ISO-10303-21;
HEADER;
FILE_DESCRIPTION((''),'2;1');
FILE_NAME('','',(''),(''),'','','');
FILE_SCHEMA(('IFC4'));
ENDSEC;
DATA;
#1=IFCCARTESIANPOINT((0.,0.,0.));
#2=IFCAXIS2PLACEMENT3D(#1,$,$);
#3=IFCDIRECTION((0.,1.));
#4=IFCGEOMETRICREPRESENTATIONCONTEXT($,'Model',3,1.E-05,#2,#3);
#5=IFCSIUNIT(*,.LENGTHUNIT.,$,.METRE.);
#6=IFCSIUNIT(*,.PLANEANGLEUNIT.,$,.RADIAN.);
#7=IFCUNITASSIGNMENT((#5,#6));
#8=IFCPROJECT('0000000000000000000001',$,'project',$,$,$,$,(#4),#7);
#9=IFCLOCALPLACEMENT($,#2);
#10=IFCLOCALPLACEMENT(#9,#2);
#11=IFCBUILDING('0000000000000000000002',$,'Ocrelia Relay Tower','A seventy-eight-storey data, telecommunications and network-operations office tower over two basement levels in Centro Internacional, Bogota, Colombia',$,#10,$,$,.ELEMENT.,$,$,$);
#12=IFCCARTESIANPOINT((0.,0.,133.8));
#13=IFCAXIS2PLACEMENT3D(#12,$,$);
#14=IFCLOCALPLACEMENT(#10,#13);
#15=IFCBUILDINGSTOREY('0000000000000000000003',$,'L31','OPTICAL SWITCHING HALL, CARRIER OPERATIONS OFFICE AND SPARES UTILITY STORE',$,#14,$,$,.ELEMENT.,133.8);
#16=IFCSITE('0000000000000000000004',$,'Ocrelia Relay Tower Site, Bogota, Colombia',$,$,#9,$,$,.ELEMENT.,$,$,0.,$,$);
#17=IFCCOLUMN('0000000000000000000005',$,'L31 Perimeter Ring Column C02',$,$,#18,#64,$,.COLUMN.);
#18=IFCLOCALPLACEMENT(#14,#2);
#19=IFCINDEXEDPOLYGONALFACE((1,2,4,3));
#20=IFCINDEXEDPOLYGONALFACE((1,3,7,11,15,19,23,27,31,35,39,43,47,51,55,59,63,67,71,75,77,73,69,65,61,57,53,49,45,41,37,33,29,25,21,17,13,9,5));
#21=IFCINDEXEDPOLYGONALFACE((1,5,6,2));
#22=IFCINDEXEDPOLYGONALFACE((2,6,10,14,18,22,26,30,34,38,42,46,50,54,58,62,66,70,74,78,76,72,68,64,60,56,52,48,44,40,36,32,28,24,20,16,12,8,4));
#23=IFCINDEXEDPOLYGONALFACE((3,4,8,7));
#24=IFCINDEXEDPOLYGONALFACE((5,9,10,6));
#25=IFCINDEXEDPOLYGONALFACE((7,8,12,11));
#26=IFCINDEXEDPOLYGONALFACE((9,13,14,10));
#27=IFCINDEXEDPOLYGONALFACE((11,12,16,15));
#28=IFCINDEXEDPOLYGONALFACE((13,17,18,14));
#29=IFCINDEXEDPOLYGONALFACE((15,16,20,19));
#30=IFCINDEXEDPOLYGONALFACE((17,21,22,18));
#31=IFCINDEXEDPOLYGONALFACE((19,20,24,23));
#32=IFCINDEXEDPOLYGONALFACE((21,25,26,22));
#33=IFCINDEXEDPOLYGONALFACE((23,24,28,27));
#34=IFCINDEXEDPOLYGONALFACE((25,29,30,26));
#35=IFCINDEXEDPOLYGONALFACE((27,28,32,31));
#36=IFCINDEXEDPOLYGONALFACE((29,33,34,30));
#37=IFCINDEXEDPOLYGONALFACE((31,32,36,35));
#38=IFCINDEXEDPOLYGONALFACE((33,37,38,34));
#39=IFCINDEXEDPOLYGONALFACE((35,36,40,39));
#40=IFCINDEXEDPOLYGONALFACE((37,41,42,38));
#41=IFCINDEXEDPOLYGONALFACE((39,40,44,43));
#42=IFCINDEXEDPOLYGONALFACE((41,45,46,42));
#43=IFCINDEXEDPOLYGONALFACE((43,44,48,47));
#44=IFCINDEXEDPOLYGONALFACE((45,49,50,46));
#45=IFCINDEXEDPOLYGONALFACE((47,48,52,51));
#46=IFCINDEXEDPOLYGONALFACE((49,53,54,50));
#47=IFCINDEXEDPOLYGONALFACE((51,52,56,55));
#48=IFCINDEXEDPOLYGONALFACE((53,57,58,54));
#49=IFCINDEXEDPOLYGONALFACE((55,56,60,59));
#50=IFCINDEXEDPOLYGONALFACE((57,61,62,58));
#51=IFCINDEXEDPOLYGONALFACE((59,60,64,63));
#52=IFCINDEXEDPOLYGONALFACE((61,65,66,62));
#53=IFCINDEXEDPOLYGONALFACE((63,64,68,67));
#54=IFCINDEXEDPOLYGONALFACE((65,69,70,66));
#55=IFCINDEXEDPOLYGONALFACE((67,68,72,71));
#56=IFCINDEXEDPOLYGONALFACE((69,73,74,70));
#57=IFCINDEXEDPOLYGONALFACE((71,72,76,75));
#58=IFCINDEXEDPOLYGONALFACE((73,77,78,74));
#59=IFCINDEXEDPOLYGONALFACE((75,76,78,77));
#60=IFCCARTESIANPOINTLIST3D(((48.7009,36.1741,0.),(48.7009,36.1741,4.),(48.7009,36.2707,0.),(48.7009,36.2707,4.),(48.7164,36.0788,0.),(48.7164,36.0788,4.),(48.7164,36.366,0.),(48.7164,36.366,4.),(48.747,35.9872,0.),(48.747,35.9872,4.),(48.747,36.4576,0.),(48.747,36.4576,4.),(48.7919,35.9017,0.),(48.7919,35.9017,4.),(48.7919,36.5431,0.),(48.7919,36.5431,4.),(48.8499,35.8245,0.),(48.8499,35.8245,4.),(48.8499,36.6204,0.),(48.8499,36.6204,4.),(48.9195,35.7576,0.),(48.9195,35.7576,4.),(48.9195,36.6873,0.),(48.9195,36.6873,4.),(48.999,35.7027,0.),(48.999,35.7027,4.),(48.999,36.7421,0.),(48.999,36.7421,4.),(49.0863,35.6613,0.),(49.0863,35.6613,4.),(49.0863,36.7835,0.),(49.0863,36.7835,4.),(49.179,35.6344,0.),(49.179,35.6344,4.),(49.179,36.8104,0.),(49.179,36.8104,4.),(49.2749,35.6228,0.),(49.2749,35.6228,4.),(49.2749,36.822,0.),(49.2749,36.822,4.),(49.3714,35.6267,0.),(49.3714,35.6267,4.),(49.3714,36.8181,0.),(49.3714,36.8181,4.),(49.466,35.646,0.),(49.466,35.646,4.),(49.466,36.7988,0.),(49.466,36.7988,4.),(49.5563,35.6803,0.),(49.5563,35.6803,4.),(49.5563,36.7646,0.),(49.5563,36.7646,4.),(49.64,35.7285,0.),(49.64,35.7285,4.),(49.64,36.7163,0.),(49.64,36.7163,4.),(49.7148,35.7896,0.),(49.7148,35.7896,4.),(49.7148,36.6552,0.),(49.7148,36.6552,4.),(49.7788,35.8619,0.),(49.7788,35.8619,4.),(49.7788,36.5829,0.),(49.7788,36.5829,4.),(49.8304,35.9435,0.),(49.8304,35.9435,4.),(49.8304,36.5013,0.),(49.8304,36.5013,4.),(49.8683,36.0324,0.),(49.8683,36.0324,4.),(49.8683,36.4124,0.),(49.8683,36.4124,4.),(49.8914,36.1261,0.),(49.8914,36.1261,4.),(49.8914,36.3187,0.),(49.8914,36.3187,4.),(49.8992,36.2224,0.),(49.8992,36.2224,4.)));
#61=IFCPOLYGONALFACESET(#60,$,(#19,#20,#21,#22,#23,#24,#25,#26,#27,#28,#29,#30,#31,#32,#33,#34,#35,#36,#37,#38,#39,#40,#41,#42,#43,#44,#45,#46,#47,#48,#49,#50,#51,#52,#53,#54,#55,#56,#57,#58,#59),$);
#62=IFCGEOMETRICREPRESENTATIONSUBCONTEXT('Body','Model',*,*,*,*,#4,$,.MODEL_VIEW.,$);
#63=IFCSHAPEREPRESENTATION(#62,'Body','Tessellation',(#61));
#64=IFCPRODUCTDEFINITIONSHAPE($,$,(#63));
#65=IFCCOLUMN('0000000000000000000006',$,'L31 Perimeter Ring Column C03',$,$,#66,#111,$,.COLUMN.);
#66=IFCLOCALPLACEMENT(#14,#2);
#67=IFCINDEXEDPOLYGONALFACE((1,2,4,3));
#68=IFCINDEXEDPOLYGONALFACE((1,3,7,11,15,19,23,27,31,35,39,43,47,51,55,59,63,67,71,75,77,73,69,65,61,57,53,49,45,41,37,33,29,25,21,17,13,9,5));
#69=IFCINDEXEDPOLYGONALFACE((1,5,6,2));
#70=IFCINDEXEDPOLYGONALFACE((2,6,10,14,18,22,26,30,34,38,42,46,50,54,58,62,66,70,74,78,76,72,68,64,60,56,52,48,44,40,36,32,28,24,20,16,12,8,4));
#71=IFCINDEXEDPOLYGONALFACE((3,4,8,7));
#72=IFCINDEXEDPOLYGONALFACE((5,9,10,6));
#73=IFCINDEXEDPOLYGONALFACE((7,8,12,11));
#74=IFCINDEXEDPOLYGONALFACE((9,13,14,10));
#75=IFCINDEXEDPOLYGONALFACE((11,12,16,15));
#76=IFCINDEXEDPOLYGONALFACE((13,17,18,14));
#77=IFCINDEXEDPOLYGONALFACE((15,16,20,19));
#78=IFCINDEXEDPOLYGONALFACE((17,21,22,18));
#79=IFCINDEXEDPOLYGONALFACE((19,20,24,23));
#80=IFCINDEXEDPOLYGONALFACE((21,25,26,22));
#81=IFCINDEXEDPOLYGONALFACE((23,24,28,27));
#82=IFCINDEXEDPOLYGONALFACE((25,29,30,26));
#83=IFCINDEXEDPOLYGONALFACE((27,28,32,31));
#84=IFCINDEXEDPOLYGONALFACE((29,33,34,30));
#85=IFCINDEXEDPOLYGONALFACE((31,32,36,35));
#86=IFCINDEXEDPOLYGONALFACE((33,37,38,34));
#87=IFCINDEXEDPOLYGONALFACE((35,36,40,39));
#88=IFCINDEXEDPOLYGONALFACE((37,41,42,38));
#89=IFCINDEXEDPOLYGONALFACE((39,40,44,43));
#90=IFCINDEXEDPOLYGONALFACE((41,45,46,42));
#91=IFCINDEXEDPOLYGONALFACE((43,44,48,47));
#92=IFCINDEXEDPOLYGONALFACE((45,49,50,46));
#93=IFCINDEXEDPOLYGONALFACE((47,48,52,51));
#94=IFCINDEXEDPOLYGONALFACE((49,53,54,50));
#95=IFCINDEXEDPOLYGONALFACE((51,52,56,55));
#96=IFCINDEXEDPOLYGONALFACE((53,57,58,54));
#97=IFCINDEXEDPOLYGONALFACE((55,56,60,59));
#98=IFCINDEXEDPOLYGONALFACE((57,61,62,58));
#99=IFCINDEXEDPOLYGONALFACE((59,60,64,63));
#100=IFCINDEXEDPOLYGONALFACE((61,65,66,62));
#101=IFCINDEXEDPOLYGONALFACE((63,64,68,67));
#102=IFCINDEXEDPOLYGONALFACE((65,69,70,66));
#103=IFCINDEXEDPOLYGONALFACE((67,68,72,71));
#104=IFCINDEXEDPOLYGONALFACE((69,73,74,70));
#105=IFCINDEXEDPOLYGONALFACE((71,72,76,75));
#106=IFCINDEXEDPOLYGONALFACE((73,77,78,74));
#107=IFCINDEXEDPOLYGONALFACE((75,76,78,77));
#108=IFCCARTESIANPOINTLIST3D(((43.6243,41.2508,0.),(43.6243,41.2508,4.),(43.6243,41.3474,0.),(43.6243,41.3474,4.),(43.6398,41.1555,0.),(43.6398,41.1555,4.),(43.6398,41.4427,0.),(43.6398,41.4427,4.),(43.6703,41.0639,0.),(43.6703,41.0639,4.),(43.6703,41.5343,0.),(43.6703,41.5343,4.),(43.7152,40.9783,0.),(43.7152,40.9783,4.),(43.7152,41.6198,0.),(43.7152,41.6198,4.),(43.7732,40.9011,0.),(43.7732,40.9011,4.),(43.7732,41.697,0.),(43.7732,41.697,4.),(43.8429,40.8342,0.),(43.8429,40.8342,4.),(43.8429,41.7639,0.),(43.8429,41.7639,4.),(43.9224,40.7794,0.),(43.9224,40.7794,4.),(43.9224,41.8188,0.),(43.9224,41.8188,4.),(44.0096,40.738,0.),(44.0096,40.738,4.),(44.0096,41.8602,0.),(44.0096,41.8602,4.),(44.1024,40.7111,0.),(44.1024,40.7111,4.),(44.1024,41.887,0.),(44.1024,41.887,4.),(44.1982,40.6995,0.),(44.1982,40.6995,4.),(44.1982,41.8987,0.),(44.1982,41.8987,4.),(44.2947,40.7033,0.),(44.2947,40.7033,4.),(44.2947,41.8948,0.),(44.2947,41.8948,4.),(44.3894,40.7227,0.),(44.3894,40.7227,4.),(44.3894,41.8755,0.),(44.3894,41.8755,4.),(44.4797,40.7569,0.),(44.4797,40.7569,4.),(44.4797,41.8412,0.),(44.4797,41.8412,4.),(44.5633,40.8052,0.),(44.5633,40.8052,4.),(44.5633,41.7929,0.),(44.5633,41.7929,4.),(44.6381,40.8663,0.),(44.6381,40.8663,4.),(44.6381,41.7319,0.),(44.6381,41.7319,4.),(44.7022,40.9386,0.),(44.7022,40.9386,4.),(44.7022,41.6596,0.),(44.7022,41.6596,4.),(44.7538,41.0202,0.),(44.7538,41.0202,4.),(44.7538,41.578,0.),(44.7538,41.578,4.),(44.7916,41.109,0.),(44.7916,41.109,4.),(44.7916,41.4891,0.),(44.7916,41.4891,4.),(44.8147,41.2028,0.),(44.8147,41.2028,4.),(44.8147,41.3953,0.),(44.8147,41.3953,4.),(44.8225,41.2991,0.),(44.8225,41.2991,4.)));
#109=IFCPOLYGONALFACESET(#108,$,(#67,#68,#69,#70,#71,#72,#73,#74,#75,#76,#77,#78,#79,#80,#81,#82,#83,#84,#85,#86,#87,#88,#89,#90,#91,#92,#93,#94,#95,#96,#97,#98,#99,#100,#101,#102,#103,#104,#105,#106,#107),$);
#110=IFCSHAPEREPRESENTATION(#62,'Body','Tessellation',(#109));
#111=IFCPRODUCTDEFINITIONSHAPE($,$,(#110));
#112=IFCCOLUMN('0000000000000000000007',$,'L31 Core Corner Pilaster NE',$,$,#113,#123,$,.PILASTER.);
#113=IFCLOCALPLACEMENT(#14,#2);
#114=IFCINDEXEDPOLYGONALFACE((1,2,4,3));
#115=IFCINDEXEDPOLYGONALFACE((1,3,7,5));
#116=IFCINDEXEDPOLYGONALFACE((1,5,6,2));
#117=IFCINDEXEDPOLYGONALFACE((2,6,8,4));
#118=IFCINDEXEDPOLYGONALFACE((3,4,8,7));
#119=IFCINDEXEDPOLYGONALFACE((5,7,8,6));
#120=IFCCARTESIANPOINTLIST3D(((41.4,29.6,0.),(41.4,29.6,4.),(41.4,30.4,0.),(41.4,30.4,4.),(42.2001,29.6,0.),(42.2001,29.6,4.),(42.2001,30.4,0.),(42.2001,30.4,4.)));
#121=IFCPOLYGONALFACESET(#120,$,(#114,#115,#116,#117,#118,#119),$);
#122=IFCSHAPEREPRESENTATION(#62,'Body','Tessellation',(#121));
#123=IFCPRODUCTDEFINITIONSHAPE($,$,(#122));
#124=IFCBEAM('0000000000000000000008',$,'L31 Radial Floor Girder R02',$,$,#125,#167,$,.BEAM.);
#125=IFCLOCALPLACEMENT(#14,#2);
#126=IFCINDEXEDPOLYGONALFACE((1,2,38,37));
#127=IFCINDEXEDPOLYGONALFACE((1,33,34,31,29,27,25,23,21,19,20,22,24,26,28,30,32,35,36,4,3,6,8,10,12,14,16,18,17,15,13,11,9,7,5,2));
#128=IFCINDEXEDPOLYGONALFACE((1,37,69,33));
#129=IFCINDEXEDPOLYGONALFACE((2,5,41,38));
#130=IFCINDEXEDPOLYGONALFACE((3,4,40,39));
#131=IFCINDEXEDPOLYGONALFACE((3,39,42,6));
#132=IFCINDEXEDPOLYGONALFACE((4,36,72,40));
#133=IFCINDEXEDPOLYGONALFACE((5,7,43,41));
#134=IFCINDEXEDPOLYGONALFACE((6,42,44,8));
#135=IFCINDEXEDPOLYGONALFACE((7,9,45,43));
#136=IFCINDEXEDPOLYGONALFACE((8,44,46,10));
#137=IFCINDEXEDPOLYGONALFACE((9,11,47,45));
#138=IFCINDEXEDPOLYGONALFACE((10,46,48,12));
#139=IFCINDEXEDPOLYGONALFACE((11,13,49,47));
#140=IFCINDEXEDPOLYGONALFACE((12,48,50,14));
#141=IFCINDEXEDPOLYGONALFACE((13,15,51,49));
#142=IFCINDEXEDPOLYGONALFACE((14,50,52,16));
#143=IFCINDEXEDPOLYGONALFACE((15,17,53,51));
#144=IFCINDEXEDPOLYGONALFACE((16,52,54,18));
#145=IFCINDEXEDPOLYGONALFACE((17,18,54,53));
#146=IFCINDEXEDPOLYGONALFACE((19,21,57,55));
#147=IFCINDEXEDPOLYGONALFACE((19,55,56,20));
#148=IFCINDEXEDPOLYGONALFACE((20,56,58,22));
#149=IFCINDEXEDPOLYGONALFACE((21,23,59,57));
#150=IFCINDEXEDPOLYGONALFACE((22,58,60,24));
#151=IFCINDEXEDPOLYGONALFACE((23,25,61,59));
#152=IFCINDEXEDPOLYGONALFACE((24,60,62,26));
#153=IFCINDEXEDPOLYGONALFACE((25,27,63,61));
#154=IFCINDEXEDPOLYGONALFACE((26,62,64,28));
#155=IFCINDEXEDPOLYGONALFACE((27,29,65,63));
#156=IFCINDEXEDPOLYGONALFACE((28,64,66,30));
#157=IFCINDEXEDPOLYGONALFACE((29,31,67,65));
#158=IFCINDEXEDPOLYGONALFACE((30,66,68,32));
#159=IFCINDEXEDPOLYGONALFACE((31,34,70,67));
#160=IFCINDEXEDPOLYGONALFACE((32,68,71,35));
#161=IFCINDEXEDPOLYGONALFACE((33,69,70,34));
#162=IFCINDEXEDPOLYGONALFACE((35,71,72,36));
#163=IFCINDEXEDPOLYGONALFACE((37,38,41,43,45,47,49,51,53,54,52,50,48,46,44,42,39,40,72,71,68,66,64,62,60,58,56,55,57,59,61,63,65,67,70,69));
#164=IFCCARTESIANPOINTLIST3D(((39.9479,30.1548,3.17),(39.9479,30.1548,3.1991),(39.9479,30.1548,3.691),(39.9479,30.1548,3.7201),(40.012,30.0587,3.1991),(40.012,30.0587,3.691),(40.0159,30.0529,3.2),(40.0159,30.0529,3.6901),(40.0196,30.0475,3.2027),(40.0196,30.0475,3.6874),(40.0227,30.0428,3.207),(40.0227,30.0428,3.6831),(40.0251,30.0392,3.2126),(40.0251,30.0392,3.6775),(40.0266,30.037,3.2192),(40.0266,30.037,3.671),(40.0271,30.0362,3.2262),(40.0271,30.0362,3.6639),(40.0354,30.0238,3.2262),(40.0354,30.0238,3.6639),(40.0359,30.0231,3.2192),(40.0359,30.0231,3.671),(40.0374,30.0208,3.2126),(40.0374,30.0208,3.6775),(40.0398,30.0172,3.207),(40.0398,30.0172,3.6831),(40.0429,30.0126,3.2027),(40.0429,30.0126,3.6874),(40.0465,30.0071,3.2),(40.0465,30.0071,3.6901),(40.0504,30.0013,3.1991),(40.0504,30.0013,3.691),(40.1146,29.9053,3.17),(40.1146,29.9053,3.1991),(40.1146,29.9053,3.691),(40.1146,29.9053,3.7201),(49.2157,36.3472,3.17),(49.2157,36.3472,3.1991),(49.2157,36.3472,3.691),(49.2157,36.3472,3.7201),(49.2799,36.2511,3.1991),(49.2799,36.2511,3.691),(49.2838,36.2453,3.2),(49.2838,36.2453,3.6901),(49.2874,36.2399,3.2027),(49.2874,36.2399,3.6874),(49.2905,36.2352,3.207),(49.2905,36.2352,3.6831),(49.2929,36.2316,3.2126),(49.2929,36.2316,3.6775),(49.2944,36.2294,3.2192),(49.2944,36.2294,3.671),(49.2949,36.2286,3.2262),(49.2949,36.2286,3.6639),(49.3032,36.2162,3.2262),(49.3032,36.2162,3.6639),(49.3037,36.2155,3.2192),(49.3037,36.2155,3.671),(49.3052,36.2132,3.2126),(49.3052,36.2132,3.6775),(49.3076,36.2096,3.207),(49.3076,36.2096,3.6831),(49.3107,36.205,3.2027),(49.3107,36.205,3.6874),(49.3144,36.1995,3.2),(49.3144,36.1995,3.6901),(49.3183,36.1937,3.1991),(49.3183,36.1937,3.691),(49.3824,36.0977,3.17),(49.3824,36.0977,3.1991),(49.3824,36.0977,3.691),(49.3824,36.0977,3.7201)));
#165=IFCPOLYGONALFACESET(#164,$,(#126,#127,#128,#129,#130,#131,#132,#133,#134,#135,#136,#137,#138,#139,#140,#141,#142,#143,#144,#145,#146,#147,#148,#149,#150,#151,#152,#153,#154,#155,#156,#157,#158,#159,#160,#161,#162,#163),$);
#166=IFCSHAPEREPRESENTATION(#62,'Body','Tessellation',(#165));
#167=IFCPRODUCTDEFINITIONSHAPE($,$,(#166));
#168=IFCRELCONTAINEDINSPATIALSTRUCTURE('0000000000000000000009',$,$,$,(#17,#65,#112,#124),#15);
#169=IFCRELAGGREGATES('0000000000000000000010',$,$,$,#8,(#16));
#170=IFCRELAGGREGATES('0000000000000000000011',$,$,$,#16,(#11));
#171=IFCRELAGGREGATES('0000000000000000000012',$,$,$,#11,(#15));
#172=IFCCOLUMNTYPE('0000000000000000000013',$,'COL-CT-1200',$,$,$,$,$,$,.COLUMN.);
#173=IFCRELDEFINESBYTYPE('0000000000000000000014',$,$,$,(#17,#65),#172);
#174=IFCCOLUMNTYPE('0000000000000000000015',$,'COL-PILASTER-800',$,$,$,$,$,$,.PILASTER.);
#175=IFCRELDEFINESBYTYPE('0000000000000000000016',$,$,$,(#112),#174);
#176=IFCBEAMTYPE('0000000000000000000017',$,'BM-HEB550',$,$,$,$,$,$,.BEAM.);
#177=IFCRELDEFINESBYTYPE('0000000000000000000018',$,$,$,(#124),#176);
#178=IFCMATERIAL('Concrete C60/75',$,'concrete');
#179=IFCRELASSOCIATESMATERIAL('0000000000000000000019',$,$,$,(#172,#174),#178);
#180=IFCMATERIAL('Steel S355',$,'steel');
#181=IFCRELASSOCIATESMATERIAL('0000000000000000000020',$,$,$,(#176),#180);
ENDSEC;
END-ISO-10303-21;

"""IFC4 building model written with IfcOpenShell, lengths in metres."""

from ifc_helpers import new_model, si_unit, direction, frame, origin, origin_2d, place, context, subcontext, project, spatial, rectangle, circle, i_section, extrude, material, material_profile, profile_set, type_object, element, save


model = new_model("IFC4")

# Units and contexts
model_context = context("Model", 3, precision=1e-05, world=origin(), true_north=direction((0.0, 1.0)))
body_context = subcontext(model_context, "Body", "Model", "MODEL_VIEW")
ifc_project = project(units=[si_unit("LENGTHUNIT", "METRE"), si_unit("PLANEANGLEUNIT", "RADIAN")], contexts=[model_context])

# Site, building, storey
site_placement = place(None, origin())
site = spatial("IfcSite", under=ifc_project, at=site_placement, Name="Ocrelia Relay Tower Site, Bogota, Colombia", CompositionType="ELEMENT", RefElevation=0.0)
building_placement = place(site_placement, origin())
building = spatial("IfcBuilding", under=site, at=building_placement, Name="Ocrelia Relay Tower", Description="A seventy-eight-storey data, telecommunications and network-operations office tower over two basement levels in Centro Internacional, Bogota, Colombia", CompositionType="ELEMENT")
storey_placement = place(building_placement, frame((0.0, 0.0, 133.8)))
storey = spatial("IfcBuildingStorey", under=building, at=storey_placement, Name="L31", Description="OPTICAL SWITCHING HALL, CARRIER OPERATIONS OFFICE AND SPARES UTILITY STORE", CompositionType="ELEMENT", Elevation=133.8)

# Columns
ifc_material_1 = material(Name="Concrete C60/75", Category="concrete")
ifc_material_profile_1 = material_profile(ifc_material_1, circle(Radius=0.6001, at=origin_2d()), Name="RC-CIR-1200")
ifc_profile_set_1 = profile_set([ifc_material_profile_1], Name="Concrete C60/75")
column_type_1 = type_object("IfcColumnType", Name="COL-CT-1200", PredefinedType="COLUMN", material=ifc_profile_set_1)
for number, where, z_axis, x_axis, name in (
    (1, (49.2991, 36.2224, 0.0), (0.0, 0.0, 1.0), (1.0, 0.0, 0.0), "L31 Perimeter Ring Column C02"),
    (2, (44.2224, 41.2991, 0.0), (0.0, 0.0, 1.0), (1.0, 0.0, 0.0), "L31 Perimeter Ring Column C03"),
):
    element("IfcColumn", number, at=place(storey_placement, frame(where, z_axis=z_axis, x_axis=x_axis)), inside=storey, type_object=column_type_1, Name=name, PredefinedType="COLUMN", context=body_context, shape_type="SweptSolid", body=[
        extrude(circle(Radius=0.6001, at=origin_2d()), origin(), (0.0, 0.0, 1.0), 4.0),
    ])
ifc_material_profile_2 = material_profile(ifc_material_1, rectangle(XDim=0.8, YDim=0.8, at=origin_2d()), Name="RC-COL-800x800")
ifc_profile_set_2 = profile_set([ifc_material_profile_2], Name="Concrete C60/75")
column_type_2 = type_object("IfcColumnType", Name="COL-PILASTER-800", PredefinedType="PILASTER", material=ifc_profile_set_2)
column_placement = place(storey_placement, frame((41.8, 30.0, 0.0), z_axis=(0.0, 0.0, 1.0), x_axis=(1.0, 0.0, 0.0)))
element("IfcColumn", 3, at=column_placement, inside=storey, type_object=column_type_2, Name="L31 Core Corner Pilaster NE", PredefinedType="PILASTER", context=body_context, shape_type="SweptSolid", body=[
    extrude(rectangle(XDim=0.8, YDim=0.8, at=origin_2d()), origin(), (0.0, 0.0, 1.0), 4.0),
])

# Beam
ifc_material_2 = material(Name="Steel S355", Category="steel")
ifc_material_profile_3 = material_profile(ifc_material_2, i_section(OverallWidth=0.3, OverallDepth=0.55, WebThickness=0.0149, FlangeThickness=0.0291, FilletRadius=0.0271, at=origin_2d()), Name="HEB 550")
ifc_profile_set_3 = profile_set([ifc_material_profile_3], Name="Steel S355")
beam_type_1 = type_object("IfcBeamType", Name="BM-HEB550", PredefinedType="BEAM", material=ifc_profile_set_3)
beam_1_placement = place(storey_placement, frame((49.2991, 36.2224, 3.4451), z_axis=(-0.831477, -0.555559, 0.0), x_axis=(0.555559, -0.831477, 0.0)))
element("IfcBeam", 4, at=beam_1_placement, inside=storey, type_object=beam_type_1, Name="L31 Radial Floor Girder R02", PredefinedType="BEAM", context=body_context, shape_type="SweptSolid", body=[
    extrude(i_section(OverallWidth=0.3, OverallDepth=0.55, WebThickness=0.0149, FlangeThickness=0.0291, FilletRadius=0.0271, at=origin_2d()), origin(), (0.0, 0.0, 1.0), 11.1462),
])

save(model, "model.ifc")
